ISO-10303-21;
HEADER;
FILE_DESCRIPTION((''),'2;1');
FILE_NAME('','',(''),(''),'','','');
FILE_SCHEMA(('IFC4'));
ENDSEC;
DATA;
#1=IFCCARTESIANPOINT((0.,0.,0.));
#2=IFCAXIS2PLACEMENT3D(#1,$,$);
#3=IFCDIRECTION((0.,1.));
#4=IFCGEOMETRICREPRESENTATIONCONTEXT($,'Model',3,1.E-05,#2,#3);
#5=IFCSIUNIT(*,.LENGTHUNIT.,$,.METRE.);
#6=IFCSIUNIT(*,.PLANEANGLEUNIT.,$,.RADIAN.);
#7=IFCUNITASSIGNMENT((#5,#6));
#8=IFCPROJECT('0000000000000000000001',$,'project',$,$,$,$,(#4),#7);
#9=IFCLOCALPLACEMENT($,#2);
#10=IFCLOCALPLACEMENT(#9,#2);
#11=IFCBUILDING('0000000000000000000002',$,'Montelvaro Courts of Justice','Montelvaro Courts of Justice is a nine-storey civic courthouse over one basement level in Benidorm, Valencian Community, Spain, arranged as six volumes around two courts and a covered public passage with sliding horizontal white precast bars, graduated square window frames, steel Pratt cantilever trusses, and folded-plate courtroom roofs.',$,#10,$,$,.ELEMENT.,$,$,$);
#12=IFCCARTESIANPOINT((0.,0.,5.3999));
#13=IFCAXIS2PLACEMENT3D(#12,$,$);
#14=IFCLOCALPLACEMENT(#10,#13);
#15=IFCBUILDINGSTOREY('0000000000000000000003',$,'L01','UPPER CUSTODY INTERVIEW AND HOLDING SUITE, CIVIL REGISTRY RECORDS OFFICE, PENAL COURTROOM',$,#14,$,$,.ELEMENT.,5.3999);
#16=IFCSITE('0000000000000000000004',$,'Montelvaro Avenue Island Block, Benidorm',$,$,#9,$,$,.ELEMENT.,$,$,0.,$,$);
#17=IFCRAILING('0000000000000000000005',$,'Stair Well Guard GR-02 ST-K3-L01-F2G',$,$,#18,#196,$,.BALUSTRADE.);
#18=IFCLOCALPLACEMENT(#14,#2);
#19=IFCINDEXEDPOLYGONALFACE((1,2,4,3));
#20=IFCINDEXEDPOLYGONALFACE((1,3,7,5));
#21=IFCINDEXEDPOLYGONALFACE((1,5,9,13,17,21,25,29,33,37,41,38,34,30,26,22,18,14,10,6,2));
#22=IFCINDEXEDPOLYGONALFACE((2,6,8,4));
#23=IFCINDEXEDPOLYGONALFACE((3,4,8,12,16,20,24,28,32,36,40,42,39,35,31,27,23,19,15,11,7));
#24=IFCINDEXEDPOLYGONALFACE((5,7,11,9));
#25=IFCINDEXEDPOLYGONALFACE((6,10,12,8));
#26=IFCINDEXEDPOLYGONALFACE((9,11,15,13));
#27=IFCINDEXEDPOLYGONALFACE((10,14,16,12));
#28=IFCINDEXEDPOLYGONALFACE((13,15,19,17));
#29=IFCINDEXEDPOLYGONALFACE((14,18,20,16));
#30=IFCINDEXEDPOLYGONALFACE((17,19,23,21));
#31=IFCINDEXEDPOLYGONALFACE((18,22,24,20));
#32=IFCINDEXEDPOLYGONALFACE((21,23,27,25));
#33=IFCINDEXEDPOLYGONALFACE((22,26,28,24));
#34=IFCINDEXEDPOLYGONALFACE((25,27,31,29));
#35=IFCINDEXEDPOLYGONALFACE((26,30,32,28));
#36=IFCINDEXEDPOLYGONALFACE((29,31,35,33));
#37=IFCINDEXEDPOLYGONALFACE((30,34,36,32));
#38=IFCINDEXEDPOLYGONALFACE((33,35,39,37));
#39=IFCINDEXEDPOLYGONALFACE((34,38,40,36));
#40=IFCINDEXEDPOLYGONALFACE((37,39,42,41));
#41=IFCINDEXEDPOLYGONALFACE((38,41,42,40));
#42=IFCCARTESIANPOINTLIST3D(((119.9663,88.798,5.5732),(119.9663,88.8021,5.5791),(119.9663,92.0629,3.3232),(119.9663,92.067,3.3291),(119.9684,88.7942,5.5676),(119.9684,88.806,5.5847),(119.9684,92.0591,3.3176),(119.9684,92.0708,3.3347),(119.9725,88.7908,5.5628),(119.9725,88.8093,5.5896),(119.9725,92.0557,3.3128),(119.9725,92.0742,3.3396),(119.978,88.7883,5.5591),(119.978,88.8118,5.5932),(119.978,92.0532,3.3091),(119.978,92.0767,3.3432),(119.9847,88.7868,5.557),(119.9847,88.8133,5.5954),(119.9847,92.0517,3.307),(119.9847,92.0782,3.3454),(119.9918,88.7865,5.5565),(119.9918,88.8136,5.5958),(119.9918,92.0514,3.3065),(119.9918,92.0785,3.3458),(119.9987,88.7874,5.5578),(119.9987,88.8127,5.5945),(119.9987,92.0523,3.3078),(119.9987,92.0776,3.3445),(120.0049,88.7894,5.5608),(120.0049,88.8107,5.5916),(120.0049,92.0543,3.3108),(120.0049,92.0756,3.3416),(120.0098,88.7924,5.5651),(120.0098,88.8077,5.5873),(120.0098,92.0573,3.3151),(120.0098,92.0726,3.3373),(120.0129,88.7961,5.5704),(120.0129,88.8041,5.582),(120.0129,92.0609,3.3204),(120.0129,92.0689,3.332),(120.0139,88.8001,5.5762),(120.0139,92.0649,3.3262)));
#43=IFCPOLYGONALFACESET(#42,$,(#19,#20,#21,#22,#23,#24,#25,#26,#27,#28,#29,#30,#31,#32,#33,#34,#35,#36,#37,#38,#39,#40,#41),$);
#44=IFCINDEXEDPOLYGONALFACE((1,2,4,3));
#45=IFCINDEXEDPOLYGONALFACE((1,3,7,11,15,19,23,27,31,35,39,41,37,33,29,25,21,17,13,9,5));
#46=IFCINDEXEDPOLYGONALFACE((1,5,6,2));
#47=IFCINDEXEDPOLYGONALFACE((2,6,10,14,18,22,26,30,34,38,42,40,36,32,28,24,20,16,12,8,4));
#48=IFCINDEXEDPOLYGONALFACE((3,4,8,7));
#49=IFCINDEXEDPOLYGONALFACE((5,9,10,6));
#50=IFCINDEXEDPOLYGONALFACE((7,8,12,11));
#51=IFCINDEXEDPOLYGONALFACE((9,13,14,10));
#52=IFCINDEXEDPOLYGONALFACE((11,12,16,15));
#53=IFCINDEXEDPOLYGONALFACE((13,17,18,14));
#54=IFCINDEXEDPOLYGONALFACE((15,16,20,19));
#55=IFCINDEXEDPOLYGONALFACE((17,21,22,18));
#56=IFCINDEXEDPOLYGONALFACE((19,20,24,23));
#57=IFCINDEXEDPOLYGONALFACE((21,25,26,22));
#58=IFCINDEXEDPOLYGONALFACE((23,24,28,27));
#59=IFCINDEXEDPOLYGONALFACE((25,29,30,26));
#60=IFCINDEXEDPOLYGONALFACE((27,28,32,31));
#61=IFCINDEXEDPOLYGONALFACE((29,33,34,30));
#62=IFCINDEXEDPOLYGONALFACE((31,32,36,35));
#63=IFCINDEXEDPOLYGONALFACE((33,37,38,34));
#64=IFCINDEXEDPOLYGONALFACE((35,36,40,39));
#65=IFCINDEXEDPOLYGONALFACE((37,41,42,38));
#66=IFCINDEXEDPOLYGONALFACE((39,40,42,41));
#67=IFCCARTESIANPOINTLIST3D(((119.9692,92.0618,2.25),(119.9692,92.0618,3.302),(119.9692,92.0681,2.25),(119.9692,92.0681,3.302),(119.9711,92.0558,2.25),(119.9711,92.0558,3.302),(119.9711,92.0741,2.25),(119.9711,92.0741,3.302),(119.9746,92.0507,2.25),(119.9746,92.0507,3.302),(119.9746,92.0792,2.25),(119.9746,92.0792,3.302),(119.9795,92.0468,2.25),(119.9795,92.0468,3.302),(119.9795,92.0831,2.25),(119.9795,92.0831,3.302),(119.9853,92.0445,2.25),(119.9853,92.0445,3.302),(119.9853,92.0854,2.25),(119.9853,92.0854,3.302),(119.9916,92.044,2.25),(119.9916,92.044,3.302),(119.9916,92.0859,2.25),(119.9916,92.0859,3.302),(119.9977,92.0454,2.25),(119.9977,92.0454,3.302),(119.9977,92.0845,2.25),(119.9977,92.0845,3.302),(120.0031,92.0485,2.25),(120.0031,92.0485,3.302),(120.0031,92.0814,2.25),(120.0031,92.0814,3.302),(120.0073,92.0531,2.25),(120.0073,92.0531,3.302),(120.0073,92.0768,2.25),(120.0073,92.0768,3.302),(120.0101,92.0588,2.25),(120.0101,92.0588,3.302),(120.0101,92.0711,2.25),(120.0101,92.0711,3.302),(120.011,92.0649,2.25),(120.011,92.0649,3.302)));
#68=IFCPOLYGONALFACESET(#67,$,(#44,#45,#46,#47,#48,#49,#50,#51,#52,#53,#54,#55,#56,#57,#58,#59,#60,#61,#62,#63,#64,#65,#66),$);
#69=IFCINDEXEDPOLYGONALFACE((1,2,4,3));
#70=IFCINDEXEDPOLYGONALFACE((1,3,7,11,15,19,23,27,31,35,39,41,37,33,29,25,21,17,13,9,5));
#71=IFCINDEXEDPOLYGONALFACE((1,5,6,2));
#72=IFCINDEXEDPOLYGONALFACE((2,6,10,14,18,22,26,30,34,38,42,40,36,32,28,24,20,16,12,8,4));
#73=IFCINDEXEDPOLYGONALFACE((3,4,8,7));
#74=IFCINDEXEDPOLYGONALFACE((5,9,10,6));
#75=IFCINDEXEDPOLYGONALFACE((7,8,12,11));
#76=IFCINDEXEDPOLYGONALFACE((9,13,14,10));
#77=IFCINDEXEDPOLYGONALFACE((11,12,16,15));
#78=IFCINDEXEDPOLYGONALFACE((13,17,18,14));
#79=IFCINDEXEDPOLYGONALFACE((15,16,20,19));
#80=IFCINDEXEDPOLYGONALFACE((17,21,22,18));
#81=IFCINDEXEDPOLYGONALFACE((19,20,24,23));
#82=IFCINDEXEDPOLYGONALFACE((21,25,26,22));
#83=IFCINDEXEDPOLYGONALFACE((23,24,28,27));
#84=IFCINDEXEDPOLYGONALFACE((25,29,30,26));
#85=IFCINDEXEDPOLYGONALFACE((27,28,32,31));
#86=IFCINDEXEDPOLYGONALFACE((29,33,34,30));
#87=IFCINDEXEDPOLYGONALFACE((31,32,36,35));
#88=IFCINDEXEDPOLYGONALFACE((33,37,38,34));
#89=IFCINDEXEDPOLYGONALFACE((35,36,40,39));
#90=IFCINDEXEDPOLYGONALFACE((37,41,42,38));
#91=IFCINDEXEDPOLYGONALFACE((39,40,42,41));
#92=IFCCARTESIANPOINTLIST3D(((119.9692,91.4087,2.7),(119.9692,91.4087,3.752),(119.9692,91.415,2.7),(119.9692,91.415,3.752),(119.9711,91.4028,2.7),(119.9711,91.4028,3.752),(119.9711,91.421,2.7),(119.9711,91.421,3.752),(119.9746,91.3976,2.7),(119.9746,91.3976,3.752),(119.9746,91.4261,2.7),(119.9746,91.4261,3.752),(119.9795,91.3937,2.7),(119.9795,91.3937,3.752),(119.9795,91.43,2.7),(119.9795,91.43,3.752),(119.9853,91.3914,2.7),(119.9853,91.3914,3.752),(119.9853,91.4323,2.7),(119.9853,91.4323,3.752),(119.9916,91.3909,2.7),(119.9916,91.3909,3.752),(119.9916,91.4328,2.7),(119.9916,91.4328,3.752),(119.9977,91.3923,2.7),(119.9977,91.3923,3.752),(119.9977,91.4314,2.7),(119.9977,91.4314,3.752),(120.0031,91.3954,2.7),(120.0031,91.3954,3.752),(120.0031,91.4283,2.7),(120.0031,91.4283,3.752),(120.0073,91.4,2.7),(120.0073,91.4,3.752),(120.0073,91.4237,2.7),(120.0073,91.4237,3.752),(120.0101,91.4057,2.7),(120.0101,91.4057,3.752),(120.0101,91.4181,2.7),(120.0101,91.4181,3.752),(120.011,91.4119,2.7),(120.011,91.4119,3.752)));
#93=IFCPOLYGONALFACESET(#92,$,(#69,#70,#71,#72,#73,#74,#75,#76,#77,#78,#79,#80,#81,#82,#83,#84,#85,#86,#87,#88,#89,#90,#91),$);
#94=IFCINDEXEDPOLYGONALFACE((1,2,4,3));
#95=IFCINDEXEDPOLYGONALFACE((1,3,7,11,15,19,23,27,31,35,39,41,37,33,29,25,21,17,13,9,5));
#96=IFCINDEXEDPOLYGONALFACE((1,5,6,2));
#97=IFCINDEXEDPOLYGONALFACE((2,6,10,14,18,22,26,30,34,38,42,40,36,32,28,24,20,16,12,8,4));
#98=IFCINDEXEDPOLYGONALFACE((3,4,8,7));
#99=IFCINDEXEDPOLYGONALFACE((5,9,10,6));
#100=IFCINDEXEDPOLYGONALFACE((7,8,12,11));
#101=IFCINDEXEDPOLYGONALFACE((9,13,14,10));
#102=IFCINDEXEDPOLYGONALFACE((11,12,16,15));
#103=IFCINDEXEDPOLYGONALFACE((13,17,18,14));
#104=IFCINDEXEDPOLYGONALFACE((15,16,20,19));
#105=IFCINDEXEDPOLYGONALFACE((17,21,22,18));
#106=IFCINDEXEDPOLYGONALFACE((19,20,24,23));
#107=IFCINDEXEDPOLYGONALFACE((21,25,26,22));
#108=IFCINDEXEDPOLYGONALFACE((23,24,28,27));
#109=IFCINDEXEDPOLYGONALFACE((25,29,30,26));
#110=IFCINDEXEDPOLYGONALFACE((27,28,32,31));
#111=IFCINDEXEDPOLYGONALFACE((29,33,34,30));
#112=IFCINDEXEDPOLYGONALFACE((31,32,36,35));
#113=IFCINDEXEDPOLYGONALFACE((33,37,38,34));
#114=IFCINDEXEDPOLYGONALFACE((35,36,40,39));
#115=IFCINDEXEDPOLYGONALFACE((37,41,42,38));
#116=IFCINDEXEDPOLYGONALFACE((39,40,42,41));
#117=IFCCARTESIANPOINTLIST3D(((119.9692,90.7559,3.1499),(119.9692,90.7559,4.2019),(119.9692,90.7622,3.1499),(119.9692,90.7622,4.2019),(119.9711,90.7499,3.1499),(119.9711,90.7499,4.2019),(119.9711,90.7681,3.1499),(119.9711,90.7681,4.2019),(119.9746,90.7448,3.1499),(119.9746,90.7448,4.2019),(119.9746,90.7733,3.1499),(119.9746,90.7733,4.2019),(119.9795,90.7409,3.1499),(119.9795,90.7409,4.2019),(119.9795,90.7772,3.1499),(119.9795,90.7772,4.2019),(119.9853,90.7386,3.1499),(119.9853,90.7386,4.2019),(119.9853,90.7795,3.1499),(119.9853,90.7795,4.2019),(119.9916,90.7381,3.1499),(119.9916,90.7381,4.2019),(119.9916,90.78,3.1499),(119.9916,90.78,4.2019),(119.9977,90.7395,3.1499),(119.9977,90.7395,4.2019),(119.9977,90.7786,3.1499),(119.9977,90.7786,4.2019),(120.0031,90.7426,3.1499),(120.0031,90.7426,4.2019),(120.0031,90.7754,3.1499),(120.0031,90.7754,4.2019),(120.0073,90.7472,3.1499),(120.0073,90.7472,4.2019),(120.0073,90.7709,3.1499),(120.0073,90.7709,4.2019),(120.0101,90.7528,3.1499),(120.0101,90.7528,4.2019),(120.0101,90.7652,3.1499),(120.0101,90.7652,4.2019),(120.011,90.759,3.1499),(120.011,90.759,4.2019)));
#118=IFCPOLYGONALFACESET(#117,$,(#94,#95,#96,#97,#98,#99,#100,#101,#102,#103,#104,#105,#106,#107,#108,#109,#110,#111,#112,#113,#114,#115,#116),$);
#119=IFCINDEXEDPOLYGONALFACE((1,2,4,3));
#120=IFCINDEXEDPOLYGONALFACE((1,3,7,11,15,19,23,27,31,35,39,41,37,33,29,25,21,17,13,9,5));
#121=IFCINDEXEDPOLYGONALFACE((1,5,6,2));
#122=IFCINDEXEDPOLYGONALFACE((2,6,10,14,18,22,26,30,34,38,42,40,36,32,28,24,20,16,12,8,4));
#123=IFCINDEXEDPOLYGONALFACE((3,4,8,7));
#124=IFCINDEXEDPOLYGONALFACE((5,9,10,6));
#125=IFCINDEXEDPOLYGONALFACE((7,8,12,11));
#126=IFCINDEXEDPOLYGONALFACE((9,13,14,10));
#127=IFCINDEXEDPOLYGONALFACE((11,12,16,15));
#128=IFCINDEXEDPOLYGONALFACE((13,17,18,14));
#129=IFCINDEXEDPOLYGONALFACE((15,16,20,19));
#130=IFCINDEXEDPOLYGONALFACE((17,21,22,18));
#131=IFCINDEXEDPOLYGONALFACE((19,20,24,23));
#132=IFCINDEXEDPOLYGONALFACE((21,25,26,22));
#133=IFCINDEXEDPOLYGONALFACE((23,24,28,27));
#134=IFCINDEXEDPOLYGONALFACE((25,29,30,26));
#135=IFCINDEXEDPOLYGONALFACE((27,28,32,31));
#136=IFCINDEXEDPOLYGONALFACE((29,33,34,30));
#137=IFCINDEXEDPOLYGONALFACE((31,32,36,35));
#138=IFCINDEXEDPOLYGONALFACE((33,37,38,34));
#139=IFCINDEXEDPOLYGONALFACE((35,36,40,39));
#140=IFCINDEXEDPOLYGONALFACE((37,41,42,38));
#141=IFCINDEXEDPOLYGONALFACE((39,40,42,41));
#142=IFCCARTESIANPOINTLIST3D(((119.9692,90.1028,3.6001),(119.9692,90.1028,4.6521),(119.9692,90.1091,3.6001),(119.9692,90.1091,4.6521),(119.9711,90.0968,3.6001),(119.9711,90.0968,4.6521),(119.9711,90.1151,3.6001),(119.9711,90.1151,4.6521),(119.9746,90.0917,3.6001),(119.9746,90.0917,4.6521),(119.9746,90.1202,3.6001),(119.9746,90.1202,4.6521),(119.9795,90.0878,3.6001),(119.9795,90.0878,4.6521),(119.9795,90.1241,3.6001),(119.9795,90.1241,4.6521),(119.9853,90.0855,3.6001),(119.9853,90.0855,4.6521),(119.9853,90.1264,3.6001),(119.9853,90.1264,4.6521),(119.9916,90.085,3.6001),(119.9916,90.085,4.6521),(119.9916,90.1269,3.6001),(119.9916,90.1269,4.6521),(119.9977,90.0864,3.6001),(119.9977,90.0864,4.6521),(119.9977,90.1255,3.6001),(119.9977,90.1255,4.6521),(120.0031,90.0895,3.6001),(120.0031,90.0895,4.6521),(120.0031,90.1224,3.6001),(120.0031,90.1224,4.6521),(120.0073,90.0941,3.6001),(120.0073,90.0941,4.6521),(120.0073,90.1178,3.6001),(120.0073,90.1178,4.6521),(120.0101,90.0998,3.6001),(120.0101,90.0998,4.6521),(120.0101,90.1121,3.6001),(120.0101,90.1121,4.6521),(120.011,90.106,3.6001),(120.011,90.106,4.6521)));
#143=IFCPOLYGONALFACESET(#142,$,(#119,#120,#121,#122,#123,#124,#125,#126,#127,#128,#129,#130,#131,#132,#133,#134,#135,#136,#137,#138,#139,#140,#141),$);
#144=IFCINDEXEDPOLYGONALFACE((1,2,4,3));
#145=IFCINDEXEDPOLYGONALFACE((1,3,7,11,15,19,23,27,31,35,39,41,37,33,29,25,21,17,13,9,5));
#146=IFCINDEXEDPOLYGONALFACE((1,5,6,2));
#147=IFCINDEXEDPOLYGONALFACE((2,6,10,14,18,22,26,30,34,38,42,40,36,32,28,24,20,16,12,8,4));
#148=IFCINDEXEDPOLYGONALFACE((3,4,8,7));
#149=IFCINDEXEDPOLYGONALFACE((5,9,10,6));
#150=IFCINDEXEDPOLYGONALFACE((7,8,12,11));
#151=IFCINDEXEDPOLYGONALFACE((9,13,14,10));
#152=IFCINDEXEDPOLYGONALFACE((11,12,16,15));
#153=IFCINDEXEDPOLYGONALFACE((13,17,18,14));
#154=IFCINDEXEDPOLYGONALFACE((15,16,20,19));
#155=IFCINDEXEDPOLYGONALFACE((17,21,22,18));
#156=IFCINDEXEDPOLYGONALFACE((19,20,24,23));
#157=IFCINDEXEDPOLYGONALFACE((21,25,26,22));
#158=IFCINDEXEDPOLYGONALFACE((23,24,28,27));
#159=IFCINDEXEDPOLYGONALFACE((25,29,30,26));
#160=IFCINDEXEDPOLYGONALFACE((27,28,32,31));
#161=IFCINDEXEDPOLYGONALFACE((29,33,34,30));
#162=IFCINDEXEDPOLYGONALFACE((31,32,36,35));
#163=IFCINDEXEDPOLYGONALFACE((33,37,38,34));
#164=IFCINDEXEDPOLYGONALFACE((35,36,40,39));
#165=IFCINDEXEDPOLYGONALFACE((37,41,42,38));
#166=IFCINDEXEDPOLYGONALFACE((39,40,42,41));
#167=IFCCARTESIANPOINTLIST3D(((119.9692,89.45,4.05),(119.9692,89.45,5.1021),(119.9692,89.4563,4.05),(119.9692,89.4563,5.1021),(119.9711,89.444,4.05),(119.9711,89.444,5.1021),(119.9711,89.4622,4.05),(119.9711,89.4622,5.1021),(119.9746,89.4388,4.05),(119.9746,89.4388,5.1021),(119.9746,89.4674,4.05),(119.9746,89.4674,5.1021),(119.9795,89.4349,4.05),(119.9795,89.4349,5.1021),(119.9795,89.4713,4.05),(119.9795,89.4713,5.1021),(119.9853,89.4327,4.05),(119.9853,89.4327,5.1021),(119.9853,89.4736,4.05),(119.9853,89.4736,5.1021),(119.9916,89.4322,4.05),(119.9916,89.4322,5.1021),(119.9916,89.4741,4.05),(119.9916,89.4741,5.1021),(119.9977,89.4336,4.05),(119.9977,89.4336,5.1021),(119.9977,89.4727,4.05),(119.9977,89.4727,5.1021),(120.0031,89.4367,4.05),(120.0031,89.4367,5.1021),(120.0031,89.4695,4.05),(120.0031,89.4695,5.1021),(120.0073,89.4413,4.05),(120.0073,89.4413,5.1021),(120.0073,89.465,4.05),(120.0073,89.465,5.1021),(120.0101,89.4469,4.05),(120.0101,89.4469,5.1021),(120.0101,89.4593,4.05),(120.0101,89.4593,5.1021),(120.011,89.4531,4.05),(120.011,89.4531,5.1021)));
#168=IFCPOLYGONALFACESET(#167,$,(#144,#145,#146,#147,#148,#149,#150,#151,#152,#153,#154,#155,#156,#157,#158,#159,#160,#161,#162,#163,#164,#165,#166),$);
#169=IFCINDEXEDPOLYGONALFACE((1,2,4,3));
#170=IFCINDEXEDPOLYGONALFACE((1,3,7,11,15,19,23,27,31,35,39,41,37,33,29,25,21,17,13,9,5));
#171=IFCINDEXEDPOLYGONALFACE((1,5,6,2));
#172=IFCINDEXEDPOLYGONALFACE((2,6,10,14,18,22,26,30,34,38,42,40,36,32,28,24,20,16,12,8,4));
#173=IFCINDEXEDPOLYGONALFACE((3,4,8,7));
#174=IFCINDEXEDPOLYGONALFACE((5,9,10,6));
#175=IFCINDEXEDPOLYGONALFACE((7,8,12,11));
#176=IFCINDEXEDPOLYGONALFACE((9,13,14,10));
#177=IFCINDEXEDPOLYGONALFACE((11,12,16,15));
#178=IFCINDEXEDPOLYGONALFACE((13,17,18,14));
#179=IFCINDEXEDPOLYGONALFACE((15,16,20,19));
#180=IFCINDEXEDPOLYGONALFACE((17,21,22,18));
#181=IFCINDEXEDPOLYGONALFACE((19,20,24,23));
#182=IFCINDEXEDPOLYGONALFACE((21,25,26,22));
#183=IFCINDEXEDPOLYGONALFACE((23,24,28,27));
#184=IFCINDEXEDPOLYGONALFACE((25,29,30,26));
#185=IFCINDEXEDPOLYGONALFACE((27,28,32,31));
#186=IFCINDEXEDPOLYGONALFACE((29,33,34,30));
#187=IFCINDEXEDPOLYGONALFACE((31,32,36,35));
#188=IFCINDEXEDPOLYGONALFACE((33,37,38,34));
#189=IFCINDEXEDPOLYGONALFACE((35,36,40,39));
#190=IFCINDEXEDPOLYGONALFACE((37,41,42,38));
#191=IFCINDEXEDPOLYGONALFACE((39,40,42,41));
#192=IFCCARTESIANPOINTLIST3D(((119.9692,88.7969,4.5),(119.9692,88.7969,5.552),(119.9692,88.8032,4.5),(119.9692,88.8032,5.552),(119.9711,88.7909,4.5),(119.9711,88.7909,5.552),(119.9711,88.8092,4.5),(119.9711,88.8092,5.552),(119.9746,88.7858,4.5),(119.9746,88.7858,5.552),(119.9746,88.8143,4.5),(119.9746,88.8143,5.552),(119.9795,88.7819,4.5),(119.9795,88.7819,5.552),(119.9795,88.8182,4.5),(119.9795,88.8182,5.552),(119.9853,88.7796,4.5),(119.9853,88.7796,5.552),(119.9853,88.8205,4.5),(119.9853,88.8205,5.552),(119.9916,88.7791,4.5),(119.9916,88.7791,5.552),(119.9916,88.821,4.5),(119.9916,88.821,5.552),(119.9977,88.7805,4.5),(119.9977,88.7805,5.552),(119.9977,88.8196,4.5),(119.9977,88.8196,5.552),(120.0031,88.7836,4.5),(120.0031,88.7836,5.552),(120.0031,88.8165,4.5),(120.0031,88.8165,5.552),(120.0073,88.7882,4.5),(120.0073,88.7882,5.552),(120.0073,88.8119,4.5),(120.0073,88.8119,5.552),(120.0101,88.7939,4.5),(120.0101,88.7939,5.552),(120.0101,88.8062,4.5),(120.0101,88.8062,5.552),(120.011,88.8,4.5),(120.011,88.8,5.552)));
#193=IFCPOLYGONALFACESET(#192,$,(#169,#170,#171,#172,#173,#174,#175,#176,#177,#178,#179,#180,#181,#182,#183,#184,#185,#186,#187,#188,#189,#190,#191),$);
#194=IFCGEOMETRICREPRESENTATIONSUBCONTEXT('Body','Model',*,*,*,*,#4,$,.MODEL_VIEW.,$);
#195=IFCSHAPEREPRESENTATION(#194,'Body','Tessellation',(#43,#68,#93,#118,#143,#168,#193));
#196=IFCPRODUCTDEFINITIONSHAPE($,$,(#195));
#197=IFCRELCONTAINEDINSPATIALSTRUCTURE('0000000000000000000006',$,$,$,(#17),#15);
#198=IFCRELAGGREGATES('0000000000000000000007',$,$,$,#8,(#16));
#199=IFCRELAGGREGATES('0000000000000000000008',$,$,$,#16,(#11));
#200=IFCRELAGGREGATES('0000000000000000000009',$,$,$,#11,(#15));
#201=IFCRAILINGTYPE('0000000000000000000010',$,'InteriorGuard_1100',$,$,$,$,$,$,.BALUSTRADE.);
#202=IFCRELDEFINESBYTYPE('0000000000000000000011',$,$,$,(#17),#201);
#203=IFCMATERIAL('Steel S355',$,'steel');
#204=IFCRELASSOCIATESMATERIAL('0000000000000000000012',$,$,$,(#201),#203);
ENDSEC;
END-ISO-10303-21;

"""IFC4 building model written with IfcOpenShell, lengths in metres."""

from ifc_helpers import new_model, si_unit, direction, frame, origin, origin_2d, place, context, subcontext, project, spatial, circle, extrude, material, type_object, element, save


model = new_model("IFC4")

# Units and contexts
model_context = context("Model", 3, precision=1e-05, world=origin(), true_north=direction((0.0, 1.0)))
body_context = subcontext(model_context, "Body", "Model", "MODEL_VIEW")
ifc_project = project(units=[si_unit("LENGTHUNIT", "METRE"), si_unit("PLANEANGLEUNIT", "RADIAN")], contexts=[model_context])

# Site, building, storey
site_placement = place(None, origin())
site = spatial("IfcSite", under=ifc_project, at=site_placement, Name="Montelvaro Avenue Island Block, Benidorm", CompositionType="ELEMENT", RefElevation=0.0)
building_placement = place(site_placement, origin())
building = spatial("IfcBuilding", under=site, at=building_placement, Name="Montelvaro Courts of Justice", Description="Montelvaro Courts of Justice is a nine-storey civic courthouse over one basement level in Benidorm, Valencian Community, Spain, arranged as six volumes around two courts and a covered public passage with sliding horizontal white precast bars, graduated square window frames, steel Pratt cantilever trusses, and folded-plate courtroom roofs.", CompositionType="ELEMENT")
storey_placement = place(building_placement, frame((0.0, 0.0, 5.3999)))
storey = spatial("IfcBuildingStorey", under=building, at=storey_placement, Name="L01", Description="UPPER CUSTODY INTERVIEW AND HOLDING SUITE, CIVIL REGISTRY RECORDS OFFICE, PENAL COURTROOM", CompositionType="ELEMENT", Elevation=5.3999)

# Railing
ifc_material_1 = material(Name="Steel S355", Category="steel")
railing_type_1 = type_object("IfcRailingType", Name="InteriorGuard_1100", PredefinedType="BALUSTRADE", material=ifc_material_1)
railing_1_placement = place(storey_placement, frame((119.99, 92.0649, 2.25)))
element("IfcRailing", 1, at=railing_1_placement, inside=storey, type_object=railing_type_1, Name="Stair Well Guard GR-02 ST-K3-L01-F2G", PredefinedType="BALUSTRADE", context=body_context, shape_type="SweptSolid", body=[
    extrude(circle(Radius=0.0239, at=origin_2d()), frame((0.0, 0.0, 1.0762), z_axis=(0.0, -0.823407, 0.567451), x_axis=(1.0, 0.0, 0.0)), (0.0, 0.0, 1.0), 3.9651),
    extrude(circle(Radius=0.021, at=origin_2d()), origin(), (0.0, 0.0, 1.0), 1.052),
    extrude(circle(Radius=0.021, at=origin_2d()), frame((0.0, -0.6531, 0.45)), (0.0, 0.0, 1.0), 1.052),
    extrude(circle(Radius=0.021, at=origin_2d()), frame((0.0, -1.3059, 0.8999)), (0.0, 0.0, 1.0), 1.052),
    extrude(circle(Radius=0.021, at=origin_2d()), frame((0.0, -1.959, 1.3501)), (0.0, 0.0, 1.0), 1.052),
    extrude(circle(Radius=0.021, at=origin_2d()), frame((0.0, -2.6118, 1.8)), (0.0, 0.0, 1.0), 1.052),
    extrude(circle(Radius=0.021, at=origin_2d()), frame((0.0, -3.2649, 2.25)), (0.0, 0.0, 1.0), 1.052),
])

save(model, "model.ifc")
